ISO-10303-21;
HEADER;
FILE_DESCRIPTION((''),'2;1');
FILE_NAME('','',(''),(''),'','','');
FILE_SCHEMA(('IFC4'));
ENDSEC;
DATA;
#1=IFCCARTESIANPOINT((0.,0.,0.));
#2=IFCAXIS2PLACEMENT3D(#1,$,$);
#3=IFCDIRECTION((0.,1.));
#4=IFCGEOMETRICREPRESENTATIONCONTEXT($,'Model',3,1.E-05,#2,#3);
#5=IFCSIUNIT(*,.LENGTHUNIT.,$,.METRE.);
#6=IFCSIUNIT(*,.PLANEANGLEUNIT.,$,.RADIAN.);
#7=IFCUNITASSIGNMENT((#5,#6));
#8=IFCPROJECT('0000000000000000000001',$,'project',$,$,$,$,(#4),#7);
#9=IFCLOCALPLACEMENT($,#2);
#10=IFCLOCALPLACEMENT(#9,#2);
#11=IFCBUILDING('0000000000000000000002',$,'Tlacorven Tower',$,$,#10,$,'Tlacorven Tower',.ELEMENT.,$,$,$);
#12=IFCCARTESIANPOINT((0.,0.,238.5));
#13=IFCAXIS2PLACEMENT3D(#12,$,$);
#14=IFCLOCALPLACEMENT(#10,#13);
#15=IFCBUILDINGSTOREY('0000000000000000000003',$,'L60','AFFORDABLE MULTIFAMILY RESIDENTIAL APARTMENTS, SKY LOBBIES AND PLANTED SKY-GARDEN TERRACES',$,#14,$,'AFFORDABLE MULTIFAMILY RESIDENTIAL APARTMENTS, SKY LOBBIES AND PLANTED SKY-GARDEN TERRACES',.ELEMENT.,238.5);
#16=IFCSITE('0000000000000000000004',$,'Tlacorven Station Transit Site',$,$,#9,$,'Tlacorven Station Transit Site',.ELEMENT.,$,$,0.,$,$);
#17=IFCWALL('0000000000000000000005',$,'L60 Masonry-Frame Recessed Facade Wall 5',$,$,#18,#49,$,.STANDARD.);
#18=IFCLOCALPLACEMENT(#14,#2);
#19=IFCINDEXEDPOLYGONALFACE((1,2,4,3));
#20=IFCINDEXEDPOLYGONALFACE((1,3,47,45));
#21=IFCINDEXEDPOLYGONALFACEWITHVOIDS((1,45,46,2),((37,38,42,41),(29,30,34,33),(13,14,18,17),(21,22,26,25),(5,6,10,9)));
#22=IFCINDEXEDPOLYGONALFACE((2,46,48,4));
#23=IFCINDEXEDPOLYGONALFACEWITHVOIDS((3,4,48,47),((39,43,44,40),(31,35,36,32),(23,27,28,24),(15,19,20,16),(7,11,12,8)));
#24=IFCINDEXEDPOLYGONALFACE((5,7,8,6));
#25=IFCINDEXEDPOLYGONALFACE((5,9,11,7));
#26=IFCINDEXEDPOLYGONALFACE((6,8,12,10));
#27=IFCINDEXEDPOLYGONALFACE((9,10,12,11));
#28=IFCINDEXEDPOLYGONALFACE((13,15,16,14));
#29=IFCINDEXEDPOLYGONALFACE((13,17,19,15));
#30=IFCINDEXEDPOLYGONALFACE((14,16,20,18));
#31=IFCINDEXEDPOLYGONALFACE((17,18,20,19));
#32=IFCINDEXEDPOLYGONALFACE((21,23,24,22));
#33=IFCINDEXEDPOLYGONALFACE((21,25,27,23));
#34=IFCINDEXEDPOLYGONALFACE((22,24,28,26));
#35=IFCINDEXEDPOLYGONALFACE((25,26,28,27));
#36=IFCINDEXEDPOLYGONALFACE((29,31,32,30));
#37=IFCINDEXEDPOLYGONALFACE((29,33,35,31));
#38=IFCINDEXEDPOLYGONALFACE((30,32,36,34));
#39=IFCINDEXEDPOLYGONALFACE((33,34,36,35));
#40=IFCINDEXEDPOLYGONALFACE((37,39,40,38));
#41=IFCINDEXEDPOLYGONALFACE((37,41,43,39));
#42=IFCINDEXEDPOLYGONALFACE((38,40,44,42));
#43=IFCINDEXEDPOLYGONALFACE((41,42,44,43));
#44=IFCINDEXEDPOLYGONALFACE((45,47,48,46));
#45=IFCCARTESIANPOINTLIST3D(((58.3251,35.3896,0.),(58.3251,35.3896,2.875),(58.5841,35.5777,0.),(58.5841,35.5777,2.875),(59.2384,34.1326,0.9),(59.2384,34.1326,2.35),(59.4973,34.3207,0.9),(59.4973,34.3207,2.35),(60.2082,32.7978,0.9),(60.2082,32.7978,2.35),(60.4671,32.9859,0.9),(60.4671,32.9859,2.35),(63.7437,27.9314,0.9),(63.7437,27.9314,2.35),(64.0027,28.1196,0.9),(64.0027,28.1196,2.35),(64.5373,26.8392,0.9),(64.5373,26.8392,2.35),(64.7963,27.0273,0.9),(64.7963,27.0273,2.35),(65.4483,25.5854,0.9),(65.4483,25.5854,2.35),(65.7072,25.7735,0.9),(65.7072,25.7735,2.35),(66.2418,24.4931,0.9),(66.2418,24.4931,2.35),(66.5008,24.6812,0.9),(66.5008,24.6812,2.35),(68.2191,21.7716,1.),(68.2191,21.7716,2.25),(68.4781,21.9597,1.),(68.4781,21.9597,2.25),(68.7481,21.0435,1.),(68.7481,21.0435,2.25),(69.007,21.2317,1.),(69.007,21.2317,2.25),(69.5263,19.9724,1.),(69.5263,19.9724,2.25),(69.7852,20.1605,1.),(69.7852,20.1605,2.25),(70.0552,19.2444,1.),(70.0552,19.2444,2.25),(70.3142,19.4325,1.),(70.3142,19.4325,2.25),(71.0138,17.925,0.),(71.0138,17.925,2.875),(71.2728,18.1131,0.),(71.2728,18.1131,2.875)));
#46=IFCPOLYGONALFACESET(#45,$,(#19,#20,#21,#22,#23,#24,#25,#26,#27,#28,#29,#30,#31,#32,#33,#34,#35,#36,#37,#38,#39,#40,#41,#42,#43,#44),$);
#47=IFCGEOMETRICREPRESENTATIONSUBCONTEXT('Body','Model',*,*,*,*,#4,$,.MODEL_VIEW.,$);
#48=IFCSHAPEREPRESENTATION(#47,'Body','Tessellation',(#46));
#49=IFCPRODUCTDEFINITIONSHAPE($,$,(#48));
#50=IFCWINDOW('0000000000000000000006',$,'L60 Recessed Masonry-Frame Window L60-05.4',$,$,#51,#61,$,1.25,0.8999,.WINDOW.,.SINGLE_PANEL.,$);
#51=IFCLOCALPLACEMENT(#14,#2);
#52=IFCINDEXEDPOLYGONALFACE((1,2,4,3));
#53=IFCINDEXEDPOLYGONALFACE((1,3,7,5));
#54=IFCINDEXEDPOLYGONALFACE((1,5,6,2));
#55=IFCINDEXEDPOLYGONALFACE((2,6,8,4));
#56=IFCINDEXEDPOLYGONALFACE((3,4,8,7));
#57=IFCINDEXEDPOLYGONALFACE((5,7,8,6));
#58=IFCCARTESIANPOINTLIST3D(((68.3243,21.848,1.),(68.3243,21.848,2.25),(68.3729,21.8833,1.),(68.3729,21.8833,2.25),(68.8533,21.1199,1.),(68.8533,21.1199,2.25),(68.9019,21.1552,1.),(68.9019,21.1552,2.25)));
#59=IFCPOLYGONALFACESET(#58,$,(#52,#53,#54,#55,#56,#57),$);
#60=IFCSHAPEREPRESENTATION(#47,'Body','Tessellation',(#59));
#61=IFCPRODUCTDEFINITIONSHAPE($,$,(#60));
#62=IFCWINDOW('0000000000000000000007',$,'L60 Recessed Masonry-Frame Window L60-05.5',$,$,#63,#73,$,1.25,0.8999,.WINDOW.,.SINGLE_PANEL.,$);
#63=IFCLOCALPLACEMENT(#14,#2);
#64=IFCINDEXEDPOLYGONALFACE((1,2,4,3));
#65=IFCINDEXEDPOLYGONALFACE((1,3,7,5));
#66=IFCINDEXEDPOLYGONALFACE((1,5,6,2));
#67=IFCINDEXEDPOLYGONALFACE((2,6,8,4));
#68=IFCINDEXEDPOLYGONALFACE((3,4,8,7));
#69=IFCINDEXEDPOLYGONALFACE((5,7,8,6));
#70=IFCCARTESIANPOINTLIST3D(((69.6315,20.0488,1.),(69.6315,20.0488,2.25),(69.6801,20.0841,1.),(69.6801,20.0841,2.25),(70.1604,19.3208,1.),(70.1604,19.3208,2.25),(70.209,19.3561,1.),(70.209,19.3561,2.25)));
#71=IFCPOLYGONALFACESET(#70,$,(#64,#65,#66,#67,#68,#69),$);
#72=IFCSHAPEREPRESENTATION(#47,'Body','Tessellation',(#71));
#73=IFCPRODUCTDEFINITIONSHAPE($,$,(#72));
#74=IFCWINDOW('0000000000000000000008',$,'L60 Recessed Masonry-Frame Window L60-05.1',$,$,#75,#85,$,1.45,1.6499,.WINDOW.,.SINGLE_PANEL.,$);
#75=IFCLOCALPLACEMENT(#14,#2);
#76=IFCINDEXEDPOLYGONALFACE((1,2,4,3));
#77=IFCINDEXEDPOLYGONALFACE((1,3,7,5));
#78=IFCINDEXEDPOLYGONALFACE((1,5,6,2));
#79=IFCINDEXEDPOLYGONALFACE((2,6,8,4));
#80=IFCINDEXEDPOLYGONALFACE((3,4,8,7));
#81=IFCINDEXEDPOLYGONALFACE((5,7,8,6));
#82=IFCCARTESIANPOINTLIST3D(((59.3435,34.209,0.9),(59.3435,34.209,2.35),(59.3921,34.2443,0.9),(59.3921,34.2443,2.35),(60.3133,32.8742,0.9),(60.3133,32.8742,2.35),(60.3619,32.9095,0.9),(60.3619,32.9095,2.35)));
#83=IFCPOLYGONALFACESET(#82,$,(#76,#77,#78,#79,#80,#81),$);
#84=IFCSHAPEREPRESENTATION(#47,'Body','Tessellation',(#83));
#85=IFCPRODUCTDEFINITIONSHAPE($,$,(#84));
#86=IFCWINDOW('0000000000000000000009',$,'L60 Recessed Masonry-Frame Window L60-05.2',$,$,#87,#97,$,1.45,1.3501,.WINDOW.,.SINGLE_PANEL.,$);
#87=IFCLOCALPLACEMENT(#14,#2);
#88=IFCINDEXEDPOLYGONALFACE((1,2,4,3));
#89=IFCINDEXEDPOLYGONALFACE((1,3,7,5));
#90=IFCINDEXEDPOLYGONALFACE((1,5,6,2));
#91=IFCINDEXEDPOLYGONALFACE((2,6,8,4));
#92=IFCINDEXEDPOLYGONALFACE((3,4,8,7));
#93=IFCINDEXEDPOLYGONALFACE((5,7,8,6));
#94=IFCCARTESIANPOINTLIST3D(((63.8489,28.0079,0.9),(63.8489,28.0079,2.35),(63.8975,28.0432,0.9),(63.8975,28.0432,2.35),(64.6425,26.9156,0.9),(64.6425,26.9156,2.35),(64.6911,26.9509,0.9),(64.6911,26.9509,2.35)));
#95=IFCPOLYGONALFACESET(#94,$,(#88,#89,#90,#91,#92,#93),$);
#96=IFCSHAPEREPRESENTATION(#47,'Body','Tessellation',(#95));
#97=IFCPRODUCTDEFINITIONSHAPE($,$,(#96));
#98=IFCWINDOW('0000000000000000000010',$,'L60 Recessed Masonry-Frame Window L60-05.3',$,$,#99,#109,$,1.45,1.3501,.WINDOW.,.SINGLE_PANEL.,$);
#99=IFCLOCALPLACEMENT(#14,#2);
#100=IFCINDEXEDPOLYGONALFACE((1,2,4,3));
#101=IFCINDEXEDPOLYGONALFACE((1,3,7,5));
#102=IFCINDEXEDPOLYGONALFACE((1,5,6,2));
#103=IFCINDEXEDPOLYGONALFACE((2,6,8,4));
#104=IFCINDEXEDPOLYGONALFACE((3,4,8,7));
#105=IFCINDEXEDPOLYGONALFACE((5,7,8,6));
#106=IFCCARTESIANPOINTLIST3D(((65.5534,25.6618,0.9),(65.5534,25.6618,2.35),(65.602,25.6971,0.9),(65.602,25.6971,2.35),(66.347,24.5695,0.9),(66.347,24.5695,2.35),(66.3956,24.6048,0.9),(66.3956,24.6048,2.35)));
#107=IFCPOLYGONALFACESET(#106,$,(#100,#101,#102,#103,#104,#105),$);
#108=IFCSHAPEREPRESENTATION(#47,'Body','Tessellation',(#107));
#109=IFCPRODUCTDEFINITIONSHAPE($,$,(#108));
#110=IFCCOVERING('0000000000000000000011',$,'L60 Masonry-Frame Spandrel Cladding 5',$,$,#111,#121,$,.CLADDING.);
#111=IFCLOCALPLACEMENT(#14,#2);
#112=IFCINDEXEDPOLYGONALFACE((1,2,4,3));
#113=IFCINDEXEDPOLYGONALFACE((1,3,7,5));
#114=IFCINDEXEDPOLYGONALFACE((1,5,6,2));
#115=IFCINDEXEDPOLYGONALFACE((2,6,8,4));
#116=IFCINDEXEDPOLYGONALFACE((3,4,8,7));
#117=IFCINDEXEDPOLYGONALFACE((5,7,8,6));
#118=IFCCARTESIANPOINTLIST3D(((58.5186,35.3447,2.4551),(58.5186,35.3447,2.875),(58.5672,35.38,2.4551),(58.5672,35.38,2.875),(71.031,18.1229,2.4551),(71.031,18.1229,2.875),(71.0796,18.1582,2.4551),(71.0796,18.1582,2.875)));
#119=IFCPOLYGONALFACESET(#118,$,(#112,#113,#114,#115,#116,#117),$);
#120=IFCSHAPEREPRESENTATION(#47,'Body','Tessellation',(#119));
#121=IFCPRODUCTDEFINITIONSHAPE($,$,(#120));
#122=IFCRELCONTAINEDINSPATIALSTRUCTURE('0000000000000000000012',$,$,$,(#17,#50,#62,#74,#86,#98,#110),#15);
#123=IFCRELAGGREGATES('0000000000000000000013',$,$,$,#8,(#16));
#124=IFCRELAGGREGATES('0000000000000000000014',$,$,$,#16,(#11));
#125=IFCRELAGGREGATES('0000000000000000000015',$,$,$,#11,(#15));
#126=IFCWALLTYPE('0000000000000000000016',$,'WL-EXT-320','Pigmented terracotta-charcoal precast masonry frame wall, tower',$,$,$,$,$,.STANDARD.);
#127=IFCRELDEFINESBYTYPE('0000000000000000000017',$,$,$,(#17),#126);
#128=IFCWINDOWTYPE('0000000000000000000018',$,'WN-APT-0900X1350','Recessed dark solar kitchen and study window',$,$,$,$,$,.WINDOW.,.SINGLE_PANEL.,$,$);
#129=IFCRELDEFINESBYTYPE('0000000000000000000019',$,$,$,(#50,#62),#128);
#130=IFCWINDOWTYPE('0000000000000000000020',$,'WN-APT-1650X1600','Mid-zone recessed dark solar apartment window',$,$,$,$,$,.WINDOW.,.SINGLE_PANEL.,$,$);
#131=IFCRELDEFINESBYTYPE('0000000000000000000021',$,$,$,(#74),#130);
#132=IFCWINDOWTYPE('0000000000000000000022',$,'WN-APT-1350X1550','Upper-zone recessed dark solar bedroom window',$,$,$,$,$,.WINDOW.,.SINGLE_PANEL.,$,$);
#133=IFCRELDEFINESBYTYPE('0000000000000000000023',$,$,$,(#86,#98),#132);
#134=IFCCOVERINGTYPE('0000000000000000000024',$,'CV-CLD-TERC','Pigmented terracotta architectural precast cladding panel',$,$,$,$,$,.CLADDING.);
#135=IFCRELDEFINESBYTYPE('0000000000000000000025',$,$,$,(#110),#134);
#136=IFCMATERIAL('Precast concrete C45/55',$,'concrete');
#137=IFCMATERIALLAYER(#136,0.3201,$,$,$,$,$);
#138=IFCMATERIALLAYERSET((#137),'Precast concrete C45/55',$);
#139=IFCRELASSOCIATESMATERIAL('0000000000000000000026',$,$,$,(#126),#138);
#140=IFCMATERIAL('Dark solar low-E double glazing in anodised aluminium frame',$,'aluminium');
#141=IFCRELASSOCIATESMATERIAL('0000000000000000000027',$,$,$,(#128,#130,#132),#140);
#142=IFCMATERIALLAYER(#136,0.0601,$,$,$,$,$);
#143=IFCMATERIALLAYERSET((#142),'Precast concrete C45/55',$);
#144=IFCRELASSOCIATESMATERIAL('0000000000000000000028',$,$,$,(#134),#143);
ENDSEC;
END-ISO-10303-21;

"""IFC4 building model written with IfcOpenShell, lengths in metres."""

from ifc_helpers import new_model, si_unit, direction, frame, frame_2d, origin, origin_2d, place, context, subcontext, project, spatial, rectangle, extrude, source, transform, mapped, material, layer, layer_set, type_object, element, fill, save


model = new_model("IFC4")

# Units and contexts
model_context = context("Model", 3, precision=1e-05, world=origin(), true_north=direction((0.0, 1.0)))
body_context = subcontext(model_context, "Body", "Model", "MODEL_VIEW")
ifc_project = project(units=[si_unit("LENGTHUNIT", "METRE"), si_unit("PLANEANGLEUNIT", "RADIAN")], contexts=[model_context])

# Site, building, storey
site_placement = place(None, origin())
site = spatial("IfcSite", under=ifc_project, at=site_placement, Name="Tlacorven Station Transit Site", LongName="Tlacorven Station Transit Site", CompositionType="ELEMENT", RefElevation=0.0)
building_placement = place(site_placement, origin())
building = spatial("IfcBuilding", under=site, at=building_placement, Name="Tlacorven Tower", LongName="Tlacorven Tower", CompositionType="ELEMENT")
storey_placement = place(building_placement, frame((0.0, 0.0, 238.5)))
storey = spatial("IfcBuildingStorey", under=building, at=storey_placement, Name="L60", Description="AFFORDABLE MULTIFAMILY RESIDENTIAL APARTMENTS, SKY LOBBIES AND PLANTED SKY-GARDEN TERRACES", LongName="AFFORDABLE MULTIFAMILY RESIDENTIAL APARTMENTS, SKY LOBBIES AND PLANTED SKY-GARDEN TERRACES", CompositionType="ELEMENT", Elevation=238.5)

# Wall, openings, windows
ifc_material_1 = material(Name="Precast concrete C45/55", Category="concrete")
ifc_layer_1 = layer(ifc_material_1, 0.3201)
ifc_layer_set_1 = layer_set([ifc_layer_1], Name="Precast concrete C45/55")
wall_type_1 = type_object("IfcWallType", Name="WL-EXT-320", Description="Pigmented terracotta-charcoal precast masonry frame wall, tower", PredefinedType="STANDARD", material=ifc_layer_set_1)
wall_1_placement = place(storey_placement, frame((58.4546, 35.4836, 0.0), z_axis=(0.0, 0.0, 1.0), x_axis=(0.587784, -0.809018, 0.0)))
wall_1 = element("IfcWall", 1, at=wall_1_placement, inside=storey, type_object=wall_type_1, Name="L60 Masonry-Frame Recessed Facade Wall 5", PredefinedType="STANDARD", context=body_context, shape_type="SweptSolid", body=[
    extrude(rectangle(XDim=21.5874, YDim=0.3201, at=frame_2d((10.7937, 0.0))), origin(), (0.0, 0.0, 1.0), 2.875),
])
opening_1_placement = place(wall_1_placement, frame((1.5537, 0.0, 0.8999)))
opening_1 = element("IfcOpeningElement", 2, at=opening_1_placement, cuts=wall_1, PredefinedType="OPENING", context=body_context, shape_type="SweptSolid", body=[
    extrude(rectangle(XDim=1.6499, YDim=1.45, at=frame_2d((0.825, 0.7251))), frame((0.0, 0.1699, 0.0), z_axis=(0.0, -1.0, 0.0), x_axis=(1.0, 0.0, 0.0)), (0.0, 0.0, 1.0), 0.3401),
])
opening_2_placement = place(wall_1_placement, frame((9.2188, 0.0, 0.8999)))
opening_2 = element("IfcOpeningElement", 3, at=opening_2_placement, cuts=wall_1, PredefinedType="OPENING", context=body_context, shape_type="SweptSolid", body=[
    extrude(rectangle(XDim=1.3501, YDim=1.45, at=frame_2d((0.675, 0.7251))), frame((0.0, 0.1699, 0.0), z_axis=(0.0, -1.0, 0.0), x_axis=(1.0, 0.0, 0.0)), (0.0, 0.0, 1.0), 0.3401),
])
opening_3_placement = place(wall_1_placement, frame((12.1187, 0.0, 0.8999)))
opening_3 = element("IfcOpeningElement", 4, at=opening_3_placement, cuts=wall_1, PredefinedType="OPENING", context=body_context, shape_type="SweptSolid", body=[
    extrude(rectangle(XDim=1.3501, YDim=1.45, at=frame_2d((0.675, 0.7251))), frame((0.0, 0.1699, 0.0), z_axis=(0.0, -1.0, 0.0), x_axis=(1.0, 0.0, 0.0)), (0.0, 0.0, 1.0), 0.3401),
])
opening_4_placement = place(wall_1_placement, frame((16.8328, 0.0, 1.0)))
opening_4 = element("IfcOpeningElement", 5, at=opening_4_placement, cuts=wall_1, PredefinedType="OPENING", context=body_context, shape_type="SweptSolid", body=[
    extrude(rectangle(XDim=0.8999, YDim=1.25, at=frame_2d((0.45, 0.625))), frame((0.0, 0.1699, 0.0), z_axis=(0.0, -1.0, 0.0), x_axis=(1.0, 0.0, 0.0)), (0.0, 0.0, 1.0), 0.3401),
])
opening_5_placement = place(wall_1_placement, frame((19.0566, 0.0, 1.0)))
opening_5 = element("IfcOpeningElement", 6, at=opening_5_placement, cuts=wall_1, PredefinedType="OPENING", context=body_context, shape_type="SweptSolid", body=[
    extrude(rectangle(XDim=0.8999, YDim=1.25, at=frame_2d((0.45, 0.625))), frame((0.0, 0.1699, 0.0), z_axis=(0.0, -1.0, 0.0), x_axis=(1.0, 0.0, 0.0)), (0.0, 0.0, 1.0), 0.3401),
])
ifc_material_2 = material(Name="Dark solar low-E double glazing in anodised aluminium frame", Category="aluminium")
window_type_1 = type_object("IfcWindowType", Name="WN-APT-0900X1350", Description="Recessed dark solar kitchen and study window", PartitioningType="SINGLE_PANEL", PredefinedType="WINDOW", material=ifc_material_2)
shared_shape_1 = source(origin(), body_context, "Body", "SweptSolid", [
    extrude(rectangle(XDim=0.8999, YDim=1.25, at=frame_2d((0.45, 0.625))), frame((0.0, 0.03, 0.0), z_axis=(0.0, -1.0, 0.0), x_axis=(1.0, 0.0, 0.0)), (0.0, 0.0, 1.0), 0.0601),
])
window_1_placement = place(opening_4_placement, origin())
window_1 = element("IfcWindow", 7, at=window_1_placement, inside=storey, type_object=window_type_1, Name="L60 Recessed Masonry-Frame Window L60-05.4", OverallHeight=1.25, OverallWidth=0.8999, PartitioningType="SINGLE_PANEL", PredefinedType="WINDOW", context=body_context, shape_type="MappedRepresentation", body=[
    mapped(shared_shape_1, transform((0.0, 0.0, 0.0), scale=1.0)),
])
fill(opening_4, window_1)
window_2_placement = place(opening_5_placement, origin())
window_2 = element("IfcWindow", 8, at=window_2_placement, inside=storey, type_object=window_type_1, Name="L60 Recessed Masonry-Frame Window L60-05.5", OverallHeight=1.25, OverallWidth=0.8999, PartitioningType="SINGLE_PANEL", PredefinedType="WINDOW", context=body_context, shape_type="MappedRepresentation", body=[
    mapped(shared_shape_1, transform((0.0, 0.0, 0.0), scale=1.0)),
])
fill(opening_5, window_2)
window_type_2 = type_object("IfcWindowType", Name="WN-APT-1650X1600", Description="Mid-zone recessed dark solar apartment window", PartitioningType="SINGLE_PANEL", PredefinedType="WINDOW", material=ifc_material_2)
shared_shape_2 = source(origin(), body_context, "Body", "SweptSolid", [
    extrude(rectangle(XDim=1.6499, YDim=1.45, at=frame_2d((0.825, 0.7251))), frame((0.0, 0.03, 0.0), z_axis=(0.0, -1.0, 0.0), x_axis=(1.0, 0.0, 0.0)), (0.0, 0.0, 1.0), 0.0601),
])
window_3_placement = place(opening_1_placement, origin())
window_3 = element("IfcWindow", 9, at=window_3_placement, inside=storey, type_object=window_type_2, Name="L60 Recessed Masonry-Frame Window L60-05.1", OverallHeight=1.45, OverallWidth=1.6499, PartitioningType="SINGLE_PANEL", PredefinedType="WINDOW", context=body_context, shape_type="MappedRepresentation", body=[
    mapped(shared_shape_2, transform((0.0, 0.0, 0.0), scale=1.0)),
])
fill(opening_1, window_3)
window_type_3 = type_object("IfcWindowType", Name="WN-APT-1350X1550", Description="Upper-zone recessed dark solar bedroom window", PartitioningType="SINGLE_PANEL", PredefinedType="WINDOW", material=ifc_material_2)
shared_shape_3 = source(origin(), body_context, "Body", "SweptSolid", [
    extrude(rectangle(XDim=1.3501, YDim=1.45, at=frame_2d((0.675, 0.7251))), frame((0.0, 0.03, 0.0), z_axis=(0.0, -1.0, 0.0), x_axis=(1.0, 0.0, 0.0)), (0.0, 0.0, 1.0), 0.0601),
])
window_4_placement = place(opening_2_placement, origin())
window_4 = element("IfcWindow", 10, at=window_4_placement, inside=storey, type_object=window_type_3, Name="L60 Recessed Masonry-Frame Window L60-05.2", OverallHeight=1.45, OverallWidth=1.3501, PartitioningType="SINGLE_PANEL", PredefinedType="WINDOW", context=body_context, shape_type="MappedRepresentation", body=[
    mapped(shared_shape_3, transform((0.0, 0.0, 0.0), scale=1.0)),
])
fill(opening_2, window_4)
window_5_placement = place(opening_3_placement, origin())
window_5 = element("IfcWindow", 11, at=window_5_placement, inside=storey, type_object=window_type_3, Name="L60 Recessed Masonry-Frame Window L60-05.3", OverallHeight=1.45, OverallWidth=1.3501, PartitioningType="SINGLE_PANEL", PredefinedType="WINDOW", context=body_context, shape_type="MappedRepresentation", body=[
    mapped(shared_shape_3, transform((0.0, 0.0, 0.0), scale=1.0)),
])
fill(opening_3, window_5)

# Covering
ifc_layer_2 = layer(ifc_material_1, 0.0601)
ifc_layer_set_2 = layer_set([ifc_layer_2], Name="Precast concrete C45/55")
covering_type = type_object("IfcCoveringType", Name="CV-CLD-TERC", Description="Pigmented terracotta architectural precast cladding panel", PredefinedType="CLADDING", material=ifc_layer_set_2)
shared_shape_4 = source(origin(), body_context, "Body", "SweptSolid", [
    extrude(rectangle(XDim=21.2874, YDim=0.0601, at=origin_2d()), origin(), (0.0, 0.0, 1.0), 0.4199),
])
covering_placement = place(storey_placement, frame((64.7991, 26.7515, 2.4551), z_axis=(0.0, 0.0, 1.0), x_axis=(0.587785, -0.809017, 0.0)))
element("IfcCovering", 12, at=covering_placement, inside=storey, type_object=covering_type, Name="L60 Masonry-Frame Spandrel Cladding 5", PredefinedType="CLADDING", context=body_context, shape_type="MappedRepresentation", body=[
    mapped(shared_shape_4, transform((0.0, 0.0, 0.0), scale=1.0)),
])

save(model, "model.ifc")
